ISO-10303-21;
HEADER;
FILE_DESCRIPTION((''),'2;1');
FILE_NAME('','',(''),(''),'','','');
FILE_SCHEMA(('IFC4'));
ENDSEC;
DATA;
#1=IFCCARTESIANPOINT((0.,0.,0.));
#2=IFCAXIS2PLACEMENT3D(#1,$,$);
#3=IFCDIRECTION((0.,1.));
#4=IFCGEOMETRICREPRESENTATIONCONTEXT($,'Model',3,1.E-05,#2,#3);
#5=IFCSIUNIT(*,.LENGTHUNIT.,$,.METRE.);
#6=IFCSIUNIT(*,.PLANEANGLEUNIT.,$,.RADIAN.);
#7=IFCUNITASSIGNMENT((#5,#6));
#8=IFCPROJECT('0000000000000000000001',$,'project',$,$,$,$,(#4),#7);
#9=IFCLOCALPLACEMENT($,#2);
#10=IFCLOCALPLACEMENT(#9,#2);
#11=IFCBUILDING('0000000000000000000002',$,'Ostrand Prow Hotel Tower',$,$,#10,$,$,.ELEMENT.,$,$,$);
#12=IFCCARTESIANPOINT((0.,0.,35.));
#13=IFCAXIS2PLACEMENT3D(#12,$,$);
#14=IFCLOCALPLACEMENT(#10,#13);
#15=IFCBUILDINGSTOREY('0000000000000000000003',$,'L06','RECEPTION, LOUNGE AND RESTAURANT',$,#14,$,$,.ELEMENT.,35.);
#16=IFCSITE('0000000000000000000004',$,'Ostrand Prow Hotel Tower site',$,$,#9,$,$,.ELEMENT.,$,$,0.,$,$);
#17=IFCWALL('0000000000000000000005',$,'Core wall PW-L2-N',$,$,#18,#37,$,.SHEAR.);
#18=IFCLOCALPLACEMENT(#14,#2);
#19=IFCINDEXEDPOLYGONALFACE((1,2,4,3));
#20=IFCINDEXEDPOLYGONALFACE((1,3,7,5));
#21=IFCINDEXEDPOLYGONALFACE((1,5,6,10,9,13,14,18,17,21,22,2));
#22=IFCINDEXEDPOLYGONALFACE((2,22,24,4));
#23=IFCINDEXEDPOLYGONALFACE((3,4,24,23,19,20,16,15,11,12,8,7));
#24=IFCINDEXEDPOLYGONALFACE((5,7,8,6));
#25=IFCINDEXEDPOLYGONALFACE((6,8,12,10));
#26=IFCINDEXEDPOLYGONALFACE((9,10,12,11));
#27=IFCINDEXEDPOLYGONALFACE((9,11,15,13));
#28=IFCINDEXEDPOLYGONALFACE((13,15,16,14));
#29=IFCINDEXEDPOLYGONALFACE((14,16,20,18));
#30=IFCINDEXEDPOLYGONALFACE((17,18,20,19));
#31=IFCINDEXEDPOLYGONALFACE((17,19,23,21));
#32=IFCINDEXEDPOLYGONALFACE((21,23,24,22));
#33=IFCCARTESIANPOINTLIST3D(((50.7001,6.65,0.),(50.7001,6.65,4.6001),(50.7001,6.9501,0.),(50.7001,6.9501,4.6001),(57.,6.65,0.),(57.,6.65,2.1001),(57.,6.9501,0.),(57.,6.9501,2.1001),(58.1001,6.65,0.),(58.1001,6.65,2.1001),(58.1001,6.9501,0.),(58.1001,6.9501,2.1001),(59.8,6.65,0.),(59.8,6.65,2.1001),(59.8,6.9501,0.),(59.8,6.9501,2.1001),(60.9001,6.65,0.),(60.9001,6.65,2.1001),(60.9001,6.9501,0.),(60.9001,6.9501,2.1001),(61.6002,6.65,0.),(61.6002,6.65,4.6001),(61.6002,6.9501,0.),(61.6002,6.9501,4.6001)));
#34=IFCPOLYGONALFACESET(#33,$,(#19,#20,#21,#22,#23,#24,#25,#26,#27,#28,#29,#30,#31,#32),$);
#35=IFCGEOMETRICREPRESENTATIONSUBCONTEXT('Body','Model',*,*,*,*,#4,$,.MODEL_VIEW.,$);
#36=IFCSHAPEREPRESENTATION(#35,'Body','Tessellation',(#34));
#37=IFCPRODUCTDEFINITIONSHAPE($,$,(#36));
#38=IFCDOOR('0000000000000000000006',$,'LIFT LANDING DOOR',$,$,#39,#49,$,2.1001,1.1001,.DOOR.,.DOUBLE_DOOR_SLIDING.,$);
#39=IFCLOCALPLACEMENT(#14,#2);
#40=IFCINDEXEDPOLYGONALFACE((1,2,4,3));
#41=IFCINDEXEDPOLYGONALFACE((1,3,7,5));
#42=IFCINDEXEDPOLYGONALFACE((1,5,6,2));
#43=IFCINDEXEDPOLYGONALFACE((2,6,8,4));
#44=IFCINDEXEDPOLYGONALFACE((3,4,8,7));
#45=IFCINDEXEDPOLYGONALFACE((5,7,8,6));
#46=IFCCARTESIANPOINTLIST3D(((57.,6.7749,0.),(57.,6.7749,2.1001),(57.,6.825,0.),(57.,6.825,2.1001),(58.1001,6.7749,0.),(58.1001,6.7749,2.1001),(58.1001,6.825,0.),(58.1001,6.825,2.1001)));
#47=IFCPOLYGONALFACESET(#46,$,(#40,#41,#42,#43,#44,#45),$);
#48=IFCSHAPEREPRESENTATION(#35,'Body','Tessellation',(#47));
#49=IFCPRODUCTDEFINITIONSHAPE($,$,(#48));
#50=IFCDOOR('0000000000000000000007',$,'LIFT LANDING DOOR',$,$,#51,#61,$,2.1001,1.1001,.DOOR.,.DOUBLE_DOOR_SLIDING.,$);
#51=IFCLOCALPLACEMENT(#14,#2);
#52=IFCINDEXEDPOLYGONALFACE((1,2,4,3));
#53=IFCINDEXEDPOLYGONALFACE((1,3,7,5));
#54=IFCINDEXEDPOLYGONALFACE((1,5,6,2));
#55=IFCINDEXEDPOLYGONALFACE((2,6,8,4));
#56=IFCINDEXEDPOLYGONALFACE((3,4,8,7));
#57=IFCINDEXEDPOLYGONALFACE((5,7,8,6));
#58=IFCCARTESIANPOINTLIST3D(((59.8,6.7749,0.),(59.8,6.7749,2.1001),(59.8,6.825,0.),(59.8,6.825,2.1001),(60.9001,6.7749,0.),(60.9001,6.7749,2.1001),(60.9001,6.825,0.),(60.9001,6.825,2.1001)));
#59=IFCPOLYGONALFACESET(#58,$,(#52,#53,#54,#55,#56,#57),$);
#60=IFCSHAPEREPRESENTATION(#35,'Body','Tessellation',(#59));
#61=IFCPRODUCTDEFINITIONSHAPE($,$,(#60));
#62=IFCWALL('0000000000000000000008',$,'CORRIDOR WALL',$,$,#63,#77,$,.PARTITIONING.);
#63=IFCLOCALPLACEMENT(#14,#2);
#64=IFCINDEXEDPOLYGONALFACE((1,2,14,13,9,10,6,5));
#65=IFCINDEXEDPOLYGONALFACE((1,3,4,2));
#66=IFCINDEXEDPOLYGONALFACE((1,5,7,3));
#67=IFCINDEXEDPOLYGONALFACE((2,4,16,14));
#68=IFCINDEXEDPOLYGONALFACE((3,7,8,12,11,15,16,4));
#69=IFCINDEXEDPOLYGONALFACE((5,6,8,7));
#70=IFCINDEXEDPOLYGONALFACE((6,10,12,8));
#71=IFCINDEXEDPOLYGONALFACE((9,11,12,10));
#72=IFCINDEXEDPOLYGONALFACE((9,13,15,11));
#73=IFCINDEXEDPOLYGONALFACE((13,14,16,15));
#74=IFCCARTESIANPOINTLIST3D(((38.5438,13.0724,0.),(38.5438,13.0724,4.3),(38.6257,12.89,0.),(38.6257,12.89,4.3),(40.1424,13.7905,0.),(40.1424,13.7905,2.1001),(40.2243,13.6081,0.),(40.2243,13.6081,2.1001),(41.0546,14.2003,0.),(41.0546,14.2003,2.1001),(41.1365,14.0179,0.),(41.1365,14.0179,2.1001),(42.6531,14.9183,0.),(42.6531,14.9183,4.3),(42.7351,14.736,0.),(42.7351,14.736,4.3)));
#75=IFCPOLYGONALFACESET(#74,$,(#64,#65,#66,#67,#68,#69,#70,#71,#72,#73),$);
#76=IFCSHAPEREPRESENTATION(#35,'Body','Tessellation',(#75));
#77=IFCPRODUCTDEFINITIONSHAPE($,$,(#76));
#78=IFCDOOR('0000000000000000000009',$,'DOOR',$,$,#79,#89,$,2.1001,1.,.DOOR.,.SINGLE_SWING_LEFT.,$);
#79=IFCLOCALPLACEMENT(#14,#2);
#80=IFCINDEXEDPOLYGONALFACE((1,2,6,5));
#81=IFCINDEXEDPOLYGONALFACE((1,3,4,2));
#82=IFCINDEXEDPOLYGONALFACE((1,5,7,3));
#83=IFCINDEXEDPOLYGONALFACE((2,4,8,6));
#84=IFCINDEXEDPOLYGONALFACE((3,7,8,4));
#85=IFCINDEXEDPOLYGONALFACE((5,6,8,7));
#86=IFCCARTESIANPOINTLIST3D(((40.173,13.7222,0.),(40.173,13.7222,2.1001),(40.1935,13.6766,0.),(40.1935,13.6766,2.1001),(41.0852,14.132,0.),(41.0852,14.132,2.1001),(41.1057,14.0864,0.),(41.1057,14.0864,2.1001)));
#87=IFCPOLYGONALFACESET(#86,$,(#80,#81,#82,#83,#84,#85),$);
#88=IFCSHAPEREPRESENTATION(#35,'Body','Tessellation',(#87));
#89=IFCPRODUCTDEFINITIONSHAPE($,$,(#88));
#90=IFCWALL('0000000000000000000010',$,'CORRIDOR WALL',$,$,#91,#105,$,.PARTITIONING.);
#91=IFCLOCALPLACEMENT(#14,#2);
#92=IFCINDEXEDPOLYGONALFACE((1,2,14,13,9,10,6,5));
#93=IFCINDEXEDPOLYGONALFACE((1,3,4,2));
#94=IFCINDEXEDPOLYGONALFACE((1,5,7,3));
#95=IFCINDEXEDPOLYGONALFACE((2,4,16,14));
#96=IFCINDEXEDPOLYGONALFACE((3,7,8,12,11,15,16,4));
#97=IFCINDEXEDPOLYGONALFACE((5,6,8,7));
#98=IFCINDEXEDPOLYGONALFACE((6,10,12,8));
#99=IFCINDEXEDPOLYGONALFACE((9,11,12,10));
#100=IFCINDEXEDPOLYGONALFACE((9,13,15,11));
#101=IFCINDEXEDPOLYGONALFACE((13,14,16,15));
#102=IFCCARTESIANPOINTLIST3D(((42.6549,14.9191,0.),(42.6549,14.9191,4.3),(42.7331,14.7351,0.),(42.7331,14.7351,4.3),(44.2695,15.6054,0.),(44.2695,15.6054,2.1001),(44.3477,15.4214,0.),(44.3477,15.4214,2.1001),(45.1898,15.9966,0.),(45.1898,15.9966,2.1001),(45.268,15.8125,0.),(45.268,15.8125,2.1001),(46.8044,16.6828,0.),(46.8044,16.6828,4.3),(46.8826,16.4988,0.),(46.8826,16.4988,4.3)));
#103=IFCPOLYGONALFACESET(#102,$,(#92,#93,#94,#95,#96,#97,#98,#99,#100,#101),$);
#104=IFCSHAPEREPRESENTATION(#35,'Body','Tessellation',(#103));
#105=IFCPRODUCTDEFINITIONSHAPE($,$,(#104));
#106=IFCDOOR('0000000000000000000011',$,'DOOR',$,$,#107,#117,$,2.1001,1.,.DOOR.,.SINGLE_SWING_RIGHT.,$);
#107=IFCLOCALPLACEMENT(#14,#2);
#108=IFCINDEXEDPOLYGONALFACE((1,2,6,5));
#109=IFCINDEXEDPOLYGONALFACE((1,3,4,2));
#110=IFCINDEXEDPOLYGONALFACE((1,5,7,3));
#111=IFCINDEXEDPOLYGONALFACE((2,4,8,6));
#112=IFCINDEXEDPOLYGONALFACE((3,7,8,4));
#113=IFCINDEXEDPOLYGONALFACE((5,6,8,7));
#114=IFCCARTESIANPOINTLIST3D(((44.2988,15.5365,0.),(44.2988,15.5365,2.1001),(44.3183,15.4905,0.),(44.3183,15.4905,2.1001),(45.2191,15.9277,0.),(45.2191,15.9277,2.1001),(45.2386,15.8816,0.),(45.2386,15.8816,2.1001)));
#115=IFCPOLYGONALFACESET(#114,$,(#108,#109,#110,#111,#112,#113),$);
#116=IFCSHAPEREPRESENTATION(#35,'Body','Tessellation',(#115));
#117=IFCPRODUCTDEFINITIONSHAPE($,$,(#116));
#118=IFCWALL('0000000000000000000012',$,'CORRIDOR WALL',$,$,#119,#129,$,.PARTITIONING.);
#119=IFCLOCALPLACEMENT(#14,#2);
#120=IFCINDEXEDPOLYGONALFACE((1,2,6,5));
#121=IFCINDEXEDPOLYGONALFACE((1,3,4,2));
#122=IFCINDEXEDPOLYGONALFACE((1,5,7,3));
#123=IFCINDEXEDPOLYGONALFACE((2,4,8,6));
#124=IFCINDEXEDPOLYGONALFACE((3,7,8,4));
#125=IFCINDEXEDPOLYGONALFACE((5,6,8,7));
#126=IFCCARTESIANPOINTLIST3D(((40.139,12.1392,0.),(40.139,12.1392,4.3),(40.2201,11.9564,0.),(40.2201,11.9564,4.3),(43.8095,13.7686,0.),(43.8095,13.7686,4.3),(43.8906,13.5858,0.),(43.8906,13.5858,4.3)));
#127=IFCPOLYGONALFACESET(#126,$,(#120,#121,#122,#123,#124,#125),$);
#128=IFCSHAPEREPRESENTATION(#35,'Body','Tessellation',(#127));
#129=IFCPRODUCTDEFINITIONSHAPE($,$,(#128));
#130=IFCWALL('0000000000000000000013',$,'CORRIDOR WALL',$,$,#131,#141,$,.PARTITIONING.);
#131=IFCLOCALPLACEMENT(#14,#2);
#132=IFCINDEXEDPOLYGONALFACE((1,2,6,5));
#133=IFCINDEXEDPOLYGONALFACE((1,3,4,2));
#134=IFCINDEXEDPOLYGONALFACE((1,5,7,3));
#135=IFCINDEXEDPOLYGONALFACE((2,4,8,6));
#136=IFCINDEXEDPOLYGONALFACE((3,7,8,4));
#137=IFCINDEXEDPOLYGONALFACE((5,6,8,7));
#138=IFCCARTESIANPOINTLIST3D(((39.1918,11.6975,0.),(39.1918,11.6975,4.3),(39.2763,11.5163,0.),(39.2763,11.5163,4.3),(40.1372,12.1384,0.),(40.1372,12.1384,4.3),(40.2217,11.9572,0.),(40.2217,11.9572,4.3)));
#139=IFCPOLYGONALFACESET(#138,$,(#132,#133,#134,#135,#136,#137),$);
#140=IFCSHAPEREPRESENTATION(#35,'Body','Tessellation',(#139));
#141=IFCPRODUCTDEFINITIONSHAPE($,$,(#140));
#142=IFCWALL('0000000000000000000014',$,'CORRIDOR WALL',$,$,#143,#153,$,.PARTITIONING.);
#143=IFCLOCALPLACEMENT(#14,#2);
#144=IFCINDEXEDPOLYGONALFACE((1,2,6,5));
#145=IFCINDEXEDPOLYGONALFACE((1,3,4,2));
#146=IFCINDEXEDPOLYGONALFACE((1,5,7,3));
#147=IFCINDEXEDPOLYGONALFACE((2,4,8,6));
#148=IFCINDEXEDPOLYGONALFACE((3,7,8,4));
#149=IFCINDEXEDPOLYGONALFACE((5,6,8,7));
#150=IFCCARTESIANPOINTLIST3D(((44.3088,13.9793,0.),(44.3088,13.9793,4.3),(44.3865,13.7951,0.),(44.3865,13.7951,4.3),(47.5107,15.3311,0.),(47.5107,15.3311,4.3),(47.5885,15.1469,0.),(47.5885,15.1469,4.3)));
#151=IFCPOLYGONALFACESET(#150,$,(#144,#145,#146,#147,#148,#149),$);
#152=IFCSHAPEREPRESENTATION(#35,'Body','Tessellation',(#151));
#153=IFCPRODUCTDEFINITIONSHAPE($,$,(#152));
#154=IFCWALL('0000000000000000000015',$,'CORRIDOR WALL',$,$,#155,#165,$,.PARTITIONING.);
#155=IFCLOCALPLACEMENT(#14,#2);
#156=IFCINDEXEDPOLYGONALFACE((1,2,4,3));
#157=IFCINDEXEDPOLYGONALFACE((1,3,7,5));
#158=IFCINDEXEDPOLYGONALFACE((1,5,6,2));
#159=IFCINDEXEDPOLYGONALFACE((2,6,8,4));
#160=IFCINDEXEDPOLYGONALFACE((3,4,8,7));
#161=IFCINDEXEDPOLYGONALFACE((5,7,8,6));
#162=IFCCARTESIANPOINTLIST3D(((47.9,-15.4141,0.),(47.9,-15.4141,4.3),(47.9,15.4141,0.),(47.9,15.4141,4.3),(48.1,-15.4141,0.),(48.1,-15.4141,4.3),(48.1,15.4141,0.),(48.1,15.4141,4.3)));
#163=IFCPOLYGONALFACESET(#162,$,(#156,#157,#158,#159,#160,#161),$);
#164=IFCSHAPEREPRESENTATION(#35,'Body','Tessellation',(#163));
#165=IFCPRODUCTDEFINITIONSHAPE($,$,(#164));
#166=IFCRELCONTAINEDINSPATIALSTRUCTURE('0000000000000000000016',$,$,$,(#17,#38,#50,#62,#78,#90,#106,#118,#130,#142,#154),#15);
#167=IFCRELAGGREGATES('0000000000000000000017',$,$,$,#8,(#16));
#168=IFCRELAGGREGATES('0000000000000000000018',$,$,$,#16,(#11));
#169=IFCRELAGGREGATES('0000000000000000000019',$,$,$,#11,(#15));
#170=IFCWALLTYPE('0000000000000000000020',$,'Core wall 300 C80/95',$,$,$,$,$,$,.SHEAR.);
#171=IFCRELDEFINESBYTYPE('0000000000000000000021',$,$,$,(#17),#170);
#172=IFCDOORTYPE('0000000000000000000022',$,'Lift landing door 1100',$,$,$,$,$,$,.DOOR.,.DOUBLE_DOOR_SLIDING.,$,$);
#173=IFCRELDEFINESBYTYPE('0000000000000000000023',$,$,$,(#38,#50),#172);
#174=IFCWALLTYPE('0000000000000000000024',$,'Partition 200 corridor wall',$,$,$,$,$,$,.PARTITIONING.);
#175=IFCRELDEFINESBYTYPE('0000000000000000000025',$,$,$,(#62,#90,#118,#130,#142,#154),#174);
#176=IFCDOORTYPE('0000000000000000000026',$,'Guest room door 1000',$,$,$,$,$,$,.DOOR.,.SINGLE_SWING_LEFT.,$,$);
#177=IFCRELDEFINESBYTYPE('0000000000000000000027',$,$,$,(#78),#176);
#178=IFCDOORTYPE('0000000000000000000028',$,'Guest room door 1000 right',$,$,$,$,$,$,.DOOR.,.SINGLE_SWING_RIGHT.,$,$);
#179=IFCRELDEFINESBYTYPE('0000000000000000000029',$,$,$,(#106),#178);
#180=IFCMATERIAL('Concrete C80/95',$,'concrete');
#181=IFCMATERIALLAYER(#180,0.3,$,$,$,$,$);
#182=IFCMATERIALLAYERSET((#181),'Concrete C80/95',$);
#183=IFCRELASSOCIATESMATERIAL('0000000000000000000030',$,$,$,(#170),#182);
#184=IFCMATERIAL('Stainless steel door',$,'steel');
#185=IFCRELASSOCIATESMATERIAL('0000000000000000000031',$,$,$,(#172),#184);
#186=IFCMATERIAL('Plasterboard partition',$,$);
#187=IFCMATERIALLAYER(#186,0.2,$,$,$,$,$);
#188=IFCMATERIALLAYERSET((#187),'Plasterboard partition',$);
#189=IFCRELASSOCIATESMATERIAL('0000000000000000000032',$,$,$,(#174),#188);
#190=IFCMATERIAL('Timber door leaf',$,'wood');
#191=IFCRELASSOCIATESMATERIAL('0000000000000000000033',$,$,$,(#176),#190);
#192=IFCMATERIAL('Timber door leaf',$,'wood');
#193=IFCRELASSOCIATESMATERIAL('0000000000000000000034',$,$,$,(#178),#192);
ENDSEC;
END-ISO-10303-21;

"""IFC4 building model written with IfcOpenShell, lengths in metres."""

from ifc_helpers import new_model, si_unit, direction, frame, frame_2d, origin, place, context, subcontext, project, spatial, rectangle, extrude, material, layer, layer_set, type_object, element, fill, save


model = new_model("IFC4")

# Units and contexts
model_context = context("Model", 3, precision=1e-05, world=origin(), true_north=direction((0.0, 1.0)))
body_context = subcontext(model_context, "Body", "Model", "MODEL_VIEW")
ifc_project = project(units=[si_unit("LENGTHUNIT", "METRE"), si_unit("PLANEANGLEUNIT", "RADIAN")], contexts=[model_context])

# Site, building, storey
site_placement = place(None, origin())
site = spatial("IfcSite", under=ifc_project, at=site_placement, Name="Ostrand Prow Hotel Tower site", CompositionType="ELEMENT", RefElevation=0.0)
building_placement = place(site_placement, origin())
building = spatial("IfcBuilding", under=site, at=building_placement, Name="Ostrand Prow Hotel Tower", CompositionType="ELEMENT")
storey_placement = place(building_placement, frame((0.0, 0.0, 35.0)))
storey = spatial("IfcBuildingStorey", under=building, at=storey_placement, Name="L06", Description="RECEPTION, LOUNGE AND RESTAURANT", CompositionType="ELEMENT", Elevation=35.0)

# Wall, openings, doors
ifc_material_1 = material(Name="Concrete C80/95", Category="concrete")
ifc_layer_1 = layer(ifc_material_1, 0.3)
ifc_layer_set_1 = layer_set([ifc_layer_1], Name="Concrete C80/95")
wall_type_1 = type_object("IfcWallType", Name="Core wall 300 C80/95", PredefinedType="SHEAR", material=ifc_layer_set_1)
wall_1_placement = place(storey_placement, frame((50.7, 6.8, 0.0), z_axis=(0.0, 0.0, 1.0), x_axis=(1.0, 0.0, 0.0)))
wall_1 = element("IfcWall", 1, at=wall_1_placement, inside=storey, type_object=wall_type_1, Name="Core wall PW-L2-N", PredefinedType="SHEAR", context=body_context, shape_type="SweptSolid", body=[
    extrude(rectangle(XDim=10.9001, YDim=0.3, at=frame_2d((5.4502, 0.0))), origin(), (0.0, 0.0, 1.0), 4.6001),
])
opening_1_placement = place(wall_1_placement, frame((6.3, 0.0, 0.0)))
opening_1 = element("IfcOpeningElement", 2, at=opening_1_placement, cuts=wall_1, PredefinedType="OPENING", context=body_context, shape_type="SweptSolid", body=[
    extrude(rectangle(XDim=1.1001, YDim=2.1001, at=frame_2d((0.55, 1.05))), frame((0.0, 0.1599, 0.0), z_axis=(0.0, -1.0, 0.0), x_axis=(1.0, 0.0, 0.0)), (0.0, 0.0, 1.0), 0.3201),
])
opening_2_placement = place(wall_1_placement, frame((9.1001, 0.0, 0.0)))
opening_2 = element("IfcOpeningElement", 3, at=opening_2_placement, cuts=wall_1, PredefinedType="OPENING", context=body_context, shape_type="SweptSolid", body=[
    extrude(rectangle(XDim=1.1001, YDim=2.1001, at=frame_2d((0.55, 1.05))), frame((0.0, 0.1599, 0.0), z_axis=(0.0, -1.0, 0.0), x_axis=(1.0, 0.0, 0.0)), (0.0, 0.0, 1.0), 0.3201),
])
ifc_material_2 = material(Name="Stainless steel door", Category="steel")
door_type_1 = type_object("IfcDoorType", Name="Lift landing door 1100", OperationType="DOUBLE_DOOR_SLIDING", PredefinedType="DOOR", material=ifc_material_2)
door_1_placement = place(opening_1_placement, origin())
door_1 = element("IfcDoor", 4, at=door_1_placement, inside=storey, type_object=door_type_1, Name="LIFT LANDING DOOR", OperationType="DOUBLE_DOOR_SLIDING", OverallHeight=2.1001, OverallWidth=1.1001, PredefinedType="DOOR", context=body_context, shape_type="SweptSolid", body=[
    extrude(rectangle(XDim=1.1001, YDim=2.1001, at=frame_2d((0.55, 1.05))), frame((0.0, 0.0249, 0.0), z_axis=(0.0, -1.0, 0.0), x_axis=(1.0, 0.0, 0.0)), (0.0, 0.0, 1.0), 0.05),
])
fill(opening_1, door_1)
door_2_placement = place(opening_2_placement, origin())
door_2 = element("IfcDoor", 5, at=door_2_placement, inside=storey, type_object=door_type_1, Name="LIFT LANDING DOOR", OperationType="DOUBLE_DOOR_SLIDING", OverallHeight=2.1001, OverallWidth=1.1001, PredefinedType="DOOR", context=body_context, shape_type="SweptSolid", body=[
    extrude(rectangle(XDim=1.1001, YDim=2.1001, at=frame_2d((0.55, 1.05))), frame((0.0, 0.0249, 0.0), z_axis=(0.0, -1.0, 0.0), x_axis=(1.0, 0.0, 0.0)), (0.0, 0.0, 1.0), 0.05),
])
fill(opening_2, door_2)

# Walls, openings, doors
ifc_material_3 = material(Name="Plasterboard partition")
ifc_layer_2 = layer(ifc_material_3, 0.2)
ifc_layer_set_2 = layer_set([ifc_layer_2], Name="Plasterboard partition")
wall_type_2 = type_object("IfcWallType", Name="Partition 200 corridor wall", PredefinedType="PARTITIONING", material=ifc_layer_set_2)
wall_2_placement = place(storey_placement, frame((42.6941, 14.8271, 0.0), z_axis=(0.0, 0.0, 1.0), x_axis=(-0.912193, -0.409761, 0.0)))
wall_2 = element("IfcWall", 6, at=wall_2_placement, inside=storey, type_object=wall_type_2, Name="CORRIDOR WALL", PredefinedType="PARTITIONING", context=body_context, shape_type="SweptSolid", body=[
    extrude(rectangle(XDim=4.5049, YDim=0.2, at=frame_2d((2.2524, 0.0))), origin(), (0.0, 0.0, 1.0), 4.3),
])
opening_3_placement = place(wall_2_placement, frame((1.7524, 0.0, 0.0)))
opening_3 = element("IfcOpeningElement", 7, at=opening_3_placement, cuts=wall_2, PredefinedType="OPENING", context=body_context, shape_type="SweptSolid", body=[
    extrude(rectangle(XDim=1.0, YDim=2.1001, at=frame_2d((0.5, 1.05))), frame((0.0, 0.1099, 0.0), z_axis=(0.0, -1.0, 0.0), x_axis=(1.0, 0.0, 0.0)), (0.0, 0.0, 1.0), 0.22),
])
ifc_material_4 = material(Name="Timber door leaf", Category="wood")
door_type_2 = type_object("IfcDoorType", Name="Guest room door 1000", OperationType="SINGLE_SWING_LEFT", PredefinedType="DOOR", material=ifc_material_4)
door_3_placement = place(opening_3_placement, origin())
door_3 = element("IfcDoor", 8, at=door_3_placement, inside=storey, type_object=door_type_2, Name="DOOR", OperationType="SINGLE_SWING_LEFT", OverallHeight=2.1001, OverallWidth=1.0, PredefinedType="DOOR", context=body_context, shape_type="SweptSolid", body=[
    extrude(rectangle(XDim=1.0, YDim=2.1001, at=frame_2d((0.5, 1.05))), frame((0.0, 0.0249, 0.0), z_axis=(0.0, -1.0, 0.0), x_axis=(1.0, 0.0, 0.0)), (0.0, 0.0, 1.0), 0.05),
])
fill(opening_3, door_3)
wall_3_placement = place(storey_placement, frame((46.8435, 16.5908, 0.0), z_axis=(0.0, 0.0, 1.0), x_axis=(-0.920317, -0.391173, 0.0)))
wall_3 = element("IfcWall", 9, at=wall_3_placement, inside=storey, type_object=wall_type_2, Name="CORRIDOR WALL", PredefinedType="PARTITIONING", context=body_context, shape_type="SweptSolid", body=[
    extrude(rectangle(XDim=4.5088, YDim=0.2, at=frame_2d((2.2544, 0.0))), origin(), (0.0, 0.0, 1.0), 4.3),
])
opening_4_placement = place(wall_3_placement, frame((1.7544, 0.0, 0.0)))
opening_4 = element("IfcOpeningElement", 10, at=opening_4_placement, cuts=wall_3, PredefinedType="OPENING", context=body_context, shape_type="SweptSolid", body=[
    extrude(rectangle(XDim=1.0, YDim=2.1001, at=frame_2d((0.5, 1.05))), frame((0.0, 0.1099, 0.0), z_axis=(0.0, -1.0, 0.0), x_axis=(1.0, 0.0, 0.0)), (0.0, 0.0, 1.0), 0.22),
])
ifc_material_5 = material(Name="Timber door leaf", Category="wood")
door_type_3 = type_object("IfcDoorType", Name="Guest room door 1000 right", OperationType="SINGLE_SWING_RIGHT", PredefinedType="DOOR", material=ifc_material_5)
door_4_placement = place(opening_4_placement, origin())
door_4 = element("IfcDoor", 11, at=door_4_placement, inside=storey, type_object=door_type_3, Name="DOOR", OperationType="SINGLE_SWING_RIGHT", OverallHeight=2.1001, OverallWidth=1.0, PredefinedType="DOOR", context=body_context, shape_type="SweptSolid", body=[
    extrude(rectangle(XDim=1.0, YDim=2.1001, at=frame_2d((0.5, 1.05))), frame((0.0, 0.0249, 0.0), z_axis=(0.0, -1.0, 0.0), x_axis=(1.0, 0.0, 0.0)), (0.0, 0.0, 1.0), 0.05),
])
fill(opening_4, door_4)

# Walls
wall_4_placement = place(storey_placement, frame((40.1797, 12.0479, 0.0), z_axis=(0.0, 0.0, 1.0), x_axis=(0.913987, 0.405744, 0.0)))
element("IfcWall", 12, at=wall_4_placement, inside=storey, type_object=wall_type_2, Name="CORRIDOR WALL", PredefinedType="PARTITIONING", context=body_context, shape_type="SweptSolid", body=[
    extrude(rectangle(XDim=4.0159, YDim=0.2, at=frame_2d((2.0078, 0.0))), origin(), (0.0, 0.0, 1.0), 4.3),
])
wall_5_placement = place(storey_placement, frame((39.2341, 11.6069, 0.0), z_axis=(0.0, 0.0, 1.0), x_axis=(0.906309, 0.422616, 0.0)))
element("IfcWall", 13, at=wall_5_placement, inside=storey, type_object=wall_type_2, Name="CORRIDOR WALL", PredefinedType="PARTITIONING", context=body_context, shape_type="SweptSolid", body=[
    extrude(rectangle(XDim=1.0432, YDim=0.2, at=frame_2d((0.5215, 0.0))), origin(), (0.0, 0.0, 1.0), 4.3),
])
wall_6_placement = place(storey_placement, frame((44.3477, 13.8872, 0.0), z_axis=(0.0, 0.0, 1.0), x_axis=(0.921261, 0.388946, 0.0)))
element("IfcWall", 14, at=wall_6_placement, inside=storey, type_object=wall_type_2, Name="CORRIDOR WALL", PredefinedType="PARTITIONING", context=body_context, shape_type="SweptSolid", body=[
    extrude(rectangle(XDim=3.4756, YDim=0.2, at=frame_2d((1.7378, 0.0))), origin(), (0.0, 0.0, 1.0), 4.3),
])
wall_7_placement = place(storey_placement, frame((48.0, 15.4141, 0.0), z_axis=(0.0, 0.0, 1.0), x_axis=(0.0, -1.0, 0.0)))
element("IfcWall", 15, at=wall_7_placement, inside=storey, type_object=wall_type_2, Name="CORRIDOR WALL", PredefinedType="PARTITIONING", context=body_context, shape_type="SweptSolid", body=[
    extrude(rectangle(XDim=30.8281, YDim=0.2, at=frame_2d((15.4141, 0.0))), origin(), (0.0, 0.0, 1.0), 4.3),
])

save(model, "model.ifc")
